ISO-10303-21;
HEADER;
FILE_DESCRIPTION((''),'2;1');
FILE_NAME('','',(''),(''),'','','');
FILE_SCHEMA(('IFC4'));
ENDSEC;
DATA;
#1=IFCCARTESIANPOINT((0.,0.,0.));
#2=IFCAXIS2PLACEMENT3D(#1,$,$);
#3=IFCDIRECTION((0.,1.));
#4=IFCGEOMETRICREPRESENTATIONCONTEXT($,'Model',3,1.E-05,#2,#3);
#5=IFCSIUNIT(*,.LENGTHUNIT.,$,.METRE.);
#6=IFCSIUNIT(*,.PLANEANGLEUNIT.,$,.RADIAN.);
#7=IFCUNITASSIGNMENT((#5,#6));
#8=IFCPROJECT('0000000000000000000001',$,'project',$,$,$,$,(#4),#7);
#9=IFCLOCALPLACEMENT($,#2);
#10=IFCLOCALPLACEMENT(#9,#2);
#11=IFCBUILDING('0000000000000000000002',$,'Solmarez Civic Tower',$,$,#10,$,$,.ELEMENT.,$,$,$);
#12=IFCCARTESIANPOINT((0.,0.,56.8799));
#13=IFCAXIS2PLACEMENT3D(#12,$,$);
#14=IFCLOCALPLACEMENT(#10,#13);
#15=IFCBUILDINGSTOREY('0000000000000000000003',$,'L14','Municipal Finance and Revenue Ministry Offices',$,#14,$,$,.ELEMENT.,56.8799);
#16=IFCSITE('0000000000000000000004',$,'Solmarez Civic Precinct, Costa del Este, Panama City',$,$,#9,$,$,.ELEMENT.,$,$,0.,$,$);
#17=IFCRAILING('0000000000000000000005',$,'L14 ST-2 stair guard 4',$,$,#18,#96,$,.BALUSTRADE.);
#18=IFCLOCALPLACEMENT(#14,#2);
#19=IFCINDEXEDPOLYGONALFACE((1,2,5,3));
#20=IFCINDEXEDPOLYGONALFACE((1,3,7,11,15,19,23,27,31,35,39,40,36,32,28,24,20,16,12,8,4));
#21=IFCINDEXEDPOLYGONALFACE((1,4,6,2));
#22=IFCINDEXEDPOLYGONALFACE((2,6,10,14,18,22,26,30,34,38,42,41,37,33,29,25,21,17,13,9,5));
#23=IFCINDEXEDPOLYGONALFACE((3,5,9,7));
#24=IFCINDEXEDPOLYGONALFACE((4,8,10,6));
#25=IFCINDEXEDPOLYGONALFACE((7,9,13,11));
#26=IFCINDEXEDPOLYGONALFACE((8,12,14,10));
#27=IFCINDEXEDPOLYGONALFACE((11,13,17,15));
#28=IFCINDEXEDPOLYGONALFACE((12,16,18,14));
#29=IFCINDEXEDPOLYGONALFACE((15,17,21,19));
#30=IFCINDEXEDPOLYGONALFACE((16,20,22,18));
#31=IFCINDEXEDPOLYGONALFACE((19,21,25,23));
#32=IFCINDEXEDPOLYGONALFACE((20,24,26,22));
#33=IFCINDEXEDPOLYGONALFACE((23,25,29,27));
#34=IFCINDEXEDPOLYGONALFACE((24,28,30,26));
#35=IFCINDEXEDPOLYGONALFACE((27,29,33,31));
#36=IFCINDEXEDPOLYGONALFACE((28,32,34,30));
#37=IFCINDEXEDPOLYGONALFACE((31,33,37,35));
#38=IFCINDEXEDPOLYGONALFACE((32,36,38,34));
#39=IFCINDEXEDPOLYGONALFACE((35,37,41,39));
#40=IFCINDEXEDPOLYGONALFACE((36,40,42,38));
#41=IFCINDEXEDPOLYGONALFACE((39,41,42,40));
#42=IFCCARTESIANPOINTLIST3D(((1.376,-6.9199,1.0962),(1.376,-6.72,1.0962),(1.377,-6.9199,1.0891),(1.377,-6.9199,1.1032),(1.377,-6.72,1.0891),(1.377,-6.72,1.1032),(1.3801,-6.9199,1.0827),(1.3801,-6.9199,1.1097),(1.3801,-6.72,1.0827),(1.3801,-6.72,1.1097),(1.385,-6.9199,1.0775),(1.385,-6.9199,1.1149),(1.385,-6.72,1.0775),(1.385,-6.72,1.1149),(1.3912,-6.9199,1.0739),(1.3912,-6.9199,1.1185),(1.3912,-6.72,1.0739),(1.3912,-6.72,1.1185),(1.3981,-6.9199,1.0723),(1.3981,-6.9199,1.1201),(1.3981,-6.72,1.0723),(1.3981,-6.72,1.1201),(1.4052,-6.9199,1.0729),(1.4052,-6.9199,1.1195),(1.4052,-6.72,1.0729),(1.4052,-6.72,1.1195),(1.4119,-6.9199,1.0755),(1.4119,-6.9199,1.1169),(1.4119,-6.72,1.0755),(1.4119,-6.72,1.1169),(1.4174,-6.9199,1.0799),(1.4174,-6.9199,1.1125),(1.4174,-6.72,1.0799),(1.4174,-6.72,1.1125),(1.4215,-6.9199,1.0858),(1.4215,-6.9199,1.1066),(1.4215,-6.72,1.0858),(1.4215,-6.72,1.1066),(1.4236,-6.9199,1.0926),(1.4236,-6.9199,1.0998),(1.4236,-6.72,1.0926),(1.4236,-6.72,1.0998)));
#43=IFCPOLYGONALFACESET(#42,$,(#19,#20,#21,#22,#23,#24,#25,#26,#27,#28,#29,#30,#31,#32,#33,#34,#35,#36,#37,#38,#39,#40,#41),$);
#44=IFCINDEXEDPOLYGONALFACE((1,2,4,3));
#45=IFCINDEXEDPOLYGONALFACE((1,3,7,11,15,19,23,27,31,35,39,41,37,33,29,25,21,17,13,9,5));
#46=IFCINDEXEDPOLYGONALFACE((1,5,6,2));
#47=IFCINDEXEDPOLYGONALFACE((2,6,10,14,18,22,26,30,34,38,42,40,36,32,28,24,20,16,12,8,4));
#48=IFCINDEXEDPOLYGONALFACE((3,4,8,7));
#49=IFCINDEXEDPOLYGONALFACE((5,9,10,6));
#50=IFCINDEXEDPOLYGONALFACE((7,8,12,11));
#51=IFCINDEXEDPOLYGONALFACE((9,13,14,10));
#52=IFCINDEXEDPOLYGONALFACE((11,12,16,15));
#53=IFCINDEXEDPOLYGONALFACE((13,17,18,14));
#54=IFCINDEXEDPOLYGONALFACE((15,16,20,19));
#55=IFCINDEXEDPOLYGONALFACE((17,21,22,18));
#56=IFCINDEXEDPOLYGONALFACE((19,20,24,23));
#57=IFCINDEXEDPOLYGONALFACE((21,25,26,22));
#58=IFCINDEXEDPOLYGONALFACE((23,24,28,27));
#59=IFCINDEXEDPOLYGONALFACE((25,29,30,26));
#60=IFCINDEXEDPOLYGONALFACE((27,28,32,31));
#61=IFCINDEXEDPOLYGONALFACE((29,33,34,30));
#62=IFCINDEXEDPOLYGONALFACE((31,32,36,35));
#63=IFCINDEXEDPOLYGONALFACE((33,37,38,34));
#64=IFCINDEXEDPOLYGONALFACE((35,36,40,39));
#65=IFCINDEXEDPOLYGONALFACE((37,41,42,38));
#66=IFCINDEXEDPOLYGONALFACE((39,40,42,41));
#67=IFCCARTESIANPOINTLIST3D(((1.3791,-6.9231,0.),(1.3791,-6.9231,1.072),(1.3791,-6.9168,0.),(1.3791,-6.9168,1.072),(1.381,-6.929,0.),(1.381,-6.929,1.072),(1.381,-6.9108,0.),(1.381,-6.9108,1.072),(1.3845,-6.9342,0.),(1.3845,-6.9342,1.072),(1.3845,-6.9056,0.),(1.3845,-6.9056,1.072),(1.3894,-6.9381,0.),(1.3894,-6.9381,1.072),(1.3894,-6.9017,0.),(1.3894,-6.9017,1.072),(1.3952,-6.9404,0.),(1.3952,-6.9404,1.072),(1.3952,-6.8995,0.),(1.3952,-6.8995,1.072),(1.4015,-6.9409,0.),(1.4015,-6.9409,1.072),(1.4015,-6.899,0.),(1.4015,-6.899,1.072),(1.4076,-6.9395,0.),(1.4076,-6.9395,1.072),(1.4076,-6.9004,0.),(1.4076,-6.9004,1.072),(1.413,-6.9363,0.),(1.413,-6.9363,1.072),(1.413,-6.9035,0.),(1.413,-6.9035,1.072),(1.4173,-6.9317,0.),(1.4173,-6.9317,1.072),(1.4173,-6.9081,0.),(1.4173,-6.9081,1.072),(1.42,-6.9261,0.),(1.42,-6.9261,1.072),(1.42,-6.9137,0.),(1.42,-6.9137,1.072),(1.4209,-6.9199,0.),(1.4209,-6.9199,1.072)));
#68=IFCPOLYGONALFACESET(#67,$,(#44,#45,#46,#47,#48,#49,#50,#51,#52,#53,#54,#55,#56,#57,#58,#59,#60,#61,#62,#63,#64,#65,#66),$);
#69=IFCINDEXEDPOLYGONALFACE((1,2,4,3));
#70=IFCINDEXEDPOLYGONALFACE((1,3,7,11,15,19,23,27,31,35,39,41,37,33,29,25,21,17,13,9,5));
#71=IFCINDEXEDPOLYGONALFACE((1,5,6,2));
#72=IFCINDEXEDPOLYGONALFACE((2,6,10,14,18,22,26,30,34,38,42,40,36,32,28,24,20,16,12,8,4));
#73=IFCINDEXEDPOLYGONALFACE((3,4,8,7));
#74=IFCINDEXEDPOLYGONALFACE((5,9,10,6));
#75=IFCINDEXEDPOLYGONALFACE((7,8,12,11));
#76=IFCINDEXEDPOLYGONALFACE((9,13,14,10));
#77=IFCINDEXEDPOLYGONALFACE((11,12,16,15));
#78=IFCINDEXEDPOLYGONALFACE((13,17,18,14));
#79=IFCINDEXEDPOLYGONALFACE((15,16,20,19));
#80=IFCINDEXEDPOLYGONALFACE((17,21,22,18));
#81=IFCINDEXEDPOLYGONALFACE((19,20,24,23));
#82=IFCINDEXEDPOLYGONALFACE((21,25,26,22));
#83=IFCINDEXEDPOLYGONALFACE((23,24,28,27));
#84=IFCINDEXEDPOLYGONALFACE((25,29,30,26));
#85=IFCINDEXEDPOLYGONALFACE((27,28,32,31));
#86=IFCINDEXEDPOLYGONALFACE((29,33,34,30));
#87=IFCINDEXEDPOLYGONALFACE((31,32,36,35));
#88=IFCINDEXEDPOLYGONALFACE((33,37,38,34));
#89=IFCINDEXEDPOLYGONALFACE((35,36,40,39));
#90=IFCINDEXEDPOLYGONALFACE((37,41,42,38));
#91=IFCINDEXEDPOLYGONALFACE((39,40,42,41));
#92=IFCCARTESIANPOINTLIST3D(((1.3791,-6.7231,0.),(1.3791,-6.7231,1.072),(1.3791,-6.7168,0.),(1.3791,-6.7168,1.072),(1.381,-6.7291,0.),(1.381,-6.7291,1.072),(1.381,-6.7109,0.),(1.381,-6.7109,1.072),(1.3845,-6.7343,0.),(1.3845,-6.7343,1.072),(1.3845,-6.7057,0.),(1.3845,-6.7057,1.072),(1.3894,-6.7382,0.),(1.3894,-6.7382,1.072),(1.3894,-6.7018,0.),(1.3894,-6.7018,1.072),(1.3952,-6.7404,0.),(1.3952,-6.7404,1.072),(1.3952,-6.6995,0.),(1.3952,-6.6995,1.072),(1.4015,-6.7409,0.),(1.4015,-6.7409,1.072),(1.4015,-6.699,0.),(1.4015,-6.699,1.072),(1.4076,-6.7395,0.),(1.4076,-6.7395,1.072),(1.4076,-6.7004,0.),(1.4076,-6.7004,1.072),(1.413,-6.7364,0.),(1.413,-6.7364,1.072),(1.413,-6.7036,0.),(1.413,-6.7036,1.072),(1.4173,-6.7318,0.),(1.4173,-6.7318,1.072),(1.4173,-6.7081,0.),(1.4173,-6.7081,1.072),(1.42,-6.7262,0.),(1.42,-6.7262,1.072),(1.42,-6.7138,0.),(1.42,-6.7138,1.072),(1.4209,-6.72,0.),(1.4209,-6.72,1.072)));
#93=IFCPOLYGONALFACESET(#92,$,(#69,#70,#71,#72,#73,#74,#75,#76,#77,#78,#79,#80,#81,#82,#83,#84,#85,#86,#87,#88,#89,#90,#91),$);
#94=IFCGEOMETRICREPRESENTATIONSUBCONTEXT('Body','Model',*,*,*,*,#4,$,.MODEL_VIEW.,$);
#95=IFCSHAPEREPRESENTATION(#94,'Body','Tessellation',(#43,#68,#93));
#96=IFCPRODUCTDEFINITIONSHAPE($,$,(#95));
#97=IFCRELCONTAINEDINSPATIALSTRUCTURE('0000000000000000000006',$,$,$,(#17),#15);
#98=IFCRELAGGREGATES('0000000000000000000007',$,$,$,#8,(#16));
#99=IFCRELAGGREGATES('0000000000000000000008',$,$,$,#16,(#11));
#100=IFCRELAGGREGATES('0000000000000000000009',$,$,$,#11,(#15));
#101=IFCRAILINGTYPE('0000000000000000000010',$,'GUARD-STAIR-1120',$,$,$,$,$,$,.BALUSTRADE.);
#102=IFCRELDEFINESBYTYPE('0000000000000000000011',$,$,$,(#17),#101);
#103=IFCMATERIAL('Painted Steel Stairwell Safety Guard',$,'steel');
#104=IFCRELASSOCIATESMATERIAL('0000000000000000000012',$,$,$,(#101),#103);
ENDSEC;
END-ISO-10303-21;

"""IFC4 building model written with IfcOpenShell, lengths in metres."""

from ifc_helpers import new_model, si_unit, direction, frame, origin, origin_2d, place, context, subcontext, project, spatial, circle, extrude, material, type_object, element, save


model = new_model("IFC4")

# Units and contexts
model_context = context("Model", 3, precision=1e-05, world=origin(), true_north=direction((0.0, 1.0)))
body_context = subcontext(model_context, "Body", "Model", "MODEL_VIEW")
ifc_project = project(units=[si_unit("LENGTHUNIT", "METRE"), si_unit("PLANEANGLEUNIT", "RADIAN")], contexts=[model_context])

# Site, building, storey
site_placement = place(None, origin())
site = spatial("IfcSite", under=ifc_project, at=site_placement, Name="Solmarez Civic Precinct, Costa del Este, Panama City", CompositionType="ELEMENT", RefElevation=0.0)
building_placement = place(site_placement, origin())
building = spatial("IfcBuilding", under=site, at=building_placement, Name="Solmarez Civic Tower", CompositionType="ELEMENT")
storey_placement = place(building_placement, frame((0.0, 0.0, 56.8799)))
storey = spatial("IfcBuildingStorey", under=building, at=storey_placement, Name="L14", Description="Municipal Finance and Revenue Ministry Offices", CompositionType="ELEMENT", Elevation=56.8799)

# Railing
ifc_material_1 = material(Name="Painted Steel Stairwell Safety Guard", Category="steel")
railing_type_1 = type_object("IfcRailingType", Name="GUARD-STAIR-1120", PredefinedType="BALUSTRADE", material=ifc_material_1)
railing_1_placement = place(storey_placement, frame((1.3999, -6.9199, 0.0)))
element("IfcRailing", 1, at=railing_1_placement, inside=storey, type_object=railing_type_1, Name="L14 ST-2 stair guard 4", PredefinedType="BALUSTRADE", context=body_context, shape_type="SweptSolid", body=[
    extrude(circle(Radius=0.0239, at=origin_2d()), frame((0.0, 0.0, 1.0962), z_axis=(0.0, 1.0, 0.0), x_axis=(-1.0, 0.0, 0.0)), (0.0, 0.0, 1.0), 0.2),
    extrude(circle(Radius=0.021, at=origin_2d()), origin(), (0.0, 0.0, 1.0), 1.072),
    extrude(circle(Radius=0.021, at=origin_2d()), frame((0.0, 0.2, 0.0)), (0.0, 0.0, 1.0), 1.072),
])

save(model, "model.ifc")
